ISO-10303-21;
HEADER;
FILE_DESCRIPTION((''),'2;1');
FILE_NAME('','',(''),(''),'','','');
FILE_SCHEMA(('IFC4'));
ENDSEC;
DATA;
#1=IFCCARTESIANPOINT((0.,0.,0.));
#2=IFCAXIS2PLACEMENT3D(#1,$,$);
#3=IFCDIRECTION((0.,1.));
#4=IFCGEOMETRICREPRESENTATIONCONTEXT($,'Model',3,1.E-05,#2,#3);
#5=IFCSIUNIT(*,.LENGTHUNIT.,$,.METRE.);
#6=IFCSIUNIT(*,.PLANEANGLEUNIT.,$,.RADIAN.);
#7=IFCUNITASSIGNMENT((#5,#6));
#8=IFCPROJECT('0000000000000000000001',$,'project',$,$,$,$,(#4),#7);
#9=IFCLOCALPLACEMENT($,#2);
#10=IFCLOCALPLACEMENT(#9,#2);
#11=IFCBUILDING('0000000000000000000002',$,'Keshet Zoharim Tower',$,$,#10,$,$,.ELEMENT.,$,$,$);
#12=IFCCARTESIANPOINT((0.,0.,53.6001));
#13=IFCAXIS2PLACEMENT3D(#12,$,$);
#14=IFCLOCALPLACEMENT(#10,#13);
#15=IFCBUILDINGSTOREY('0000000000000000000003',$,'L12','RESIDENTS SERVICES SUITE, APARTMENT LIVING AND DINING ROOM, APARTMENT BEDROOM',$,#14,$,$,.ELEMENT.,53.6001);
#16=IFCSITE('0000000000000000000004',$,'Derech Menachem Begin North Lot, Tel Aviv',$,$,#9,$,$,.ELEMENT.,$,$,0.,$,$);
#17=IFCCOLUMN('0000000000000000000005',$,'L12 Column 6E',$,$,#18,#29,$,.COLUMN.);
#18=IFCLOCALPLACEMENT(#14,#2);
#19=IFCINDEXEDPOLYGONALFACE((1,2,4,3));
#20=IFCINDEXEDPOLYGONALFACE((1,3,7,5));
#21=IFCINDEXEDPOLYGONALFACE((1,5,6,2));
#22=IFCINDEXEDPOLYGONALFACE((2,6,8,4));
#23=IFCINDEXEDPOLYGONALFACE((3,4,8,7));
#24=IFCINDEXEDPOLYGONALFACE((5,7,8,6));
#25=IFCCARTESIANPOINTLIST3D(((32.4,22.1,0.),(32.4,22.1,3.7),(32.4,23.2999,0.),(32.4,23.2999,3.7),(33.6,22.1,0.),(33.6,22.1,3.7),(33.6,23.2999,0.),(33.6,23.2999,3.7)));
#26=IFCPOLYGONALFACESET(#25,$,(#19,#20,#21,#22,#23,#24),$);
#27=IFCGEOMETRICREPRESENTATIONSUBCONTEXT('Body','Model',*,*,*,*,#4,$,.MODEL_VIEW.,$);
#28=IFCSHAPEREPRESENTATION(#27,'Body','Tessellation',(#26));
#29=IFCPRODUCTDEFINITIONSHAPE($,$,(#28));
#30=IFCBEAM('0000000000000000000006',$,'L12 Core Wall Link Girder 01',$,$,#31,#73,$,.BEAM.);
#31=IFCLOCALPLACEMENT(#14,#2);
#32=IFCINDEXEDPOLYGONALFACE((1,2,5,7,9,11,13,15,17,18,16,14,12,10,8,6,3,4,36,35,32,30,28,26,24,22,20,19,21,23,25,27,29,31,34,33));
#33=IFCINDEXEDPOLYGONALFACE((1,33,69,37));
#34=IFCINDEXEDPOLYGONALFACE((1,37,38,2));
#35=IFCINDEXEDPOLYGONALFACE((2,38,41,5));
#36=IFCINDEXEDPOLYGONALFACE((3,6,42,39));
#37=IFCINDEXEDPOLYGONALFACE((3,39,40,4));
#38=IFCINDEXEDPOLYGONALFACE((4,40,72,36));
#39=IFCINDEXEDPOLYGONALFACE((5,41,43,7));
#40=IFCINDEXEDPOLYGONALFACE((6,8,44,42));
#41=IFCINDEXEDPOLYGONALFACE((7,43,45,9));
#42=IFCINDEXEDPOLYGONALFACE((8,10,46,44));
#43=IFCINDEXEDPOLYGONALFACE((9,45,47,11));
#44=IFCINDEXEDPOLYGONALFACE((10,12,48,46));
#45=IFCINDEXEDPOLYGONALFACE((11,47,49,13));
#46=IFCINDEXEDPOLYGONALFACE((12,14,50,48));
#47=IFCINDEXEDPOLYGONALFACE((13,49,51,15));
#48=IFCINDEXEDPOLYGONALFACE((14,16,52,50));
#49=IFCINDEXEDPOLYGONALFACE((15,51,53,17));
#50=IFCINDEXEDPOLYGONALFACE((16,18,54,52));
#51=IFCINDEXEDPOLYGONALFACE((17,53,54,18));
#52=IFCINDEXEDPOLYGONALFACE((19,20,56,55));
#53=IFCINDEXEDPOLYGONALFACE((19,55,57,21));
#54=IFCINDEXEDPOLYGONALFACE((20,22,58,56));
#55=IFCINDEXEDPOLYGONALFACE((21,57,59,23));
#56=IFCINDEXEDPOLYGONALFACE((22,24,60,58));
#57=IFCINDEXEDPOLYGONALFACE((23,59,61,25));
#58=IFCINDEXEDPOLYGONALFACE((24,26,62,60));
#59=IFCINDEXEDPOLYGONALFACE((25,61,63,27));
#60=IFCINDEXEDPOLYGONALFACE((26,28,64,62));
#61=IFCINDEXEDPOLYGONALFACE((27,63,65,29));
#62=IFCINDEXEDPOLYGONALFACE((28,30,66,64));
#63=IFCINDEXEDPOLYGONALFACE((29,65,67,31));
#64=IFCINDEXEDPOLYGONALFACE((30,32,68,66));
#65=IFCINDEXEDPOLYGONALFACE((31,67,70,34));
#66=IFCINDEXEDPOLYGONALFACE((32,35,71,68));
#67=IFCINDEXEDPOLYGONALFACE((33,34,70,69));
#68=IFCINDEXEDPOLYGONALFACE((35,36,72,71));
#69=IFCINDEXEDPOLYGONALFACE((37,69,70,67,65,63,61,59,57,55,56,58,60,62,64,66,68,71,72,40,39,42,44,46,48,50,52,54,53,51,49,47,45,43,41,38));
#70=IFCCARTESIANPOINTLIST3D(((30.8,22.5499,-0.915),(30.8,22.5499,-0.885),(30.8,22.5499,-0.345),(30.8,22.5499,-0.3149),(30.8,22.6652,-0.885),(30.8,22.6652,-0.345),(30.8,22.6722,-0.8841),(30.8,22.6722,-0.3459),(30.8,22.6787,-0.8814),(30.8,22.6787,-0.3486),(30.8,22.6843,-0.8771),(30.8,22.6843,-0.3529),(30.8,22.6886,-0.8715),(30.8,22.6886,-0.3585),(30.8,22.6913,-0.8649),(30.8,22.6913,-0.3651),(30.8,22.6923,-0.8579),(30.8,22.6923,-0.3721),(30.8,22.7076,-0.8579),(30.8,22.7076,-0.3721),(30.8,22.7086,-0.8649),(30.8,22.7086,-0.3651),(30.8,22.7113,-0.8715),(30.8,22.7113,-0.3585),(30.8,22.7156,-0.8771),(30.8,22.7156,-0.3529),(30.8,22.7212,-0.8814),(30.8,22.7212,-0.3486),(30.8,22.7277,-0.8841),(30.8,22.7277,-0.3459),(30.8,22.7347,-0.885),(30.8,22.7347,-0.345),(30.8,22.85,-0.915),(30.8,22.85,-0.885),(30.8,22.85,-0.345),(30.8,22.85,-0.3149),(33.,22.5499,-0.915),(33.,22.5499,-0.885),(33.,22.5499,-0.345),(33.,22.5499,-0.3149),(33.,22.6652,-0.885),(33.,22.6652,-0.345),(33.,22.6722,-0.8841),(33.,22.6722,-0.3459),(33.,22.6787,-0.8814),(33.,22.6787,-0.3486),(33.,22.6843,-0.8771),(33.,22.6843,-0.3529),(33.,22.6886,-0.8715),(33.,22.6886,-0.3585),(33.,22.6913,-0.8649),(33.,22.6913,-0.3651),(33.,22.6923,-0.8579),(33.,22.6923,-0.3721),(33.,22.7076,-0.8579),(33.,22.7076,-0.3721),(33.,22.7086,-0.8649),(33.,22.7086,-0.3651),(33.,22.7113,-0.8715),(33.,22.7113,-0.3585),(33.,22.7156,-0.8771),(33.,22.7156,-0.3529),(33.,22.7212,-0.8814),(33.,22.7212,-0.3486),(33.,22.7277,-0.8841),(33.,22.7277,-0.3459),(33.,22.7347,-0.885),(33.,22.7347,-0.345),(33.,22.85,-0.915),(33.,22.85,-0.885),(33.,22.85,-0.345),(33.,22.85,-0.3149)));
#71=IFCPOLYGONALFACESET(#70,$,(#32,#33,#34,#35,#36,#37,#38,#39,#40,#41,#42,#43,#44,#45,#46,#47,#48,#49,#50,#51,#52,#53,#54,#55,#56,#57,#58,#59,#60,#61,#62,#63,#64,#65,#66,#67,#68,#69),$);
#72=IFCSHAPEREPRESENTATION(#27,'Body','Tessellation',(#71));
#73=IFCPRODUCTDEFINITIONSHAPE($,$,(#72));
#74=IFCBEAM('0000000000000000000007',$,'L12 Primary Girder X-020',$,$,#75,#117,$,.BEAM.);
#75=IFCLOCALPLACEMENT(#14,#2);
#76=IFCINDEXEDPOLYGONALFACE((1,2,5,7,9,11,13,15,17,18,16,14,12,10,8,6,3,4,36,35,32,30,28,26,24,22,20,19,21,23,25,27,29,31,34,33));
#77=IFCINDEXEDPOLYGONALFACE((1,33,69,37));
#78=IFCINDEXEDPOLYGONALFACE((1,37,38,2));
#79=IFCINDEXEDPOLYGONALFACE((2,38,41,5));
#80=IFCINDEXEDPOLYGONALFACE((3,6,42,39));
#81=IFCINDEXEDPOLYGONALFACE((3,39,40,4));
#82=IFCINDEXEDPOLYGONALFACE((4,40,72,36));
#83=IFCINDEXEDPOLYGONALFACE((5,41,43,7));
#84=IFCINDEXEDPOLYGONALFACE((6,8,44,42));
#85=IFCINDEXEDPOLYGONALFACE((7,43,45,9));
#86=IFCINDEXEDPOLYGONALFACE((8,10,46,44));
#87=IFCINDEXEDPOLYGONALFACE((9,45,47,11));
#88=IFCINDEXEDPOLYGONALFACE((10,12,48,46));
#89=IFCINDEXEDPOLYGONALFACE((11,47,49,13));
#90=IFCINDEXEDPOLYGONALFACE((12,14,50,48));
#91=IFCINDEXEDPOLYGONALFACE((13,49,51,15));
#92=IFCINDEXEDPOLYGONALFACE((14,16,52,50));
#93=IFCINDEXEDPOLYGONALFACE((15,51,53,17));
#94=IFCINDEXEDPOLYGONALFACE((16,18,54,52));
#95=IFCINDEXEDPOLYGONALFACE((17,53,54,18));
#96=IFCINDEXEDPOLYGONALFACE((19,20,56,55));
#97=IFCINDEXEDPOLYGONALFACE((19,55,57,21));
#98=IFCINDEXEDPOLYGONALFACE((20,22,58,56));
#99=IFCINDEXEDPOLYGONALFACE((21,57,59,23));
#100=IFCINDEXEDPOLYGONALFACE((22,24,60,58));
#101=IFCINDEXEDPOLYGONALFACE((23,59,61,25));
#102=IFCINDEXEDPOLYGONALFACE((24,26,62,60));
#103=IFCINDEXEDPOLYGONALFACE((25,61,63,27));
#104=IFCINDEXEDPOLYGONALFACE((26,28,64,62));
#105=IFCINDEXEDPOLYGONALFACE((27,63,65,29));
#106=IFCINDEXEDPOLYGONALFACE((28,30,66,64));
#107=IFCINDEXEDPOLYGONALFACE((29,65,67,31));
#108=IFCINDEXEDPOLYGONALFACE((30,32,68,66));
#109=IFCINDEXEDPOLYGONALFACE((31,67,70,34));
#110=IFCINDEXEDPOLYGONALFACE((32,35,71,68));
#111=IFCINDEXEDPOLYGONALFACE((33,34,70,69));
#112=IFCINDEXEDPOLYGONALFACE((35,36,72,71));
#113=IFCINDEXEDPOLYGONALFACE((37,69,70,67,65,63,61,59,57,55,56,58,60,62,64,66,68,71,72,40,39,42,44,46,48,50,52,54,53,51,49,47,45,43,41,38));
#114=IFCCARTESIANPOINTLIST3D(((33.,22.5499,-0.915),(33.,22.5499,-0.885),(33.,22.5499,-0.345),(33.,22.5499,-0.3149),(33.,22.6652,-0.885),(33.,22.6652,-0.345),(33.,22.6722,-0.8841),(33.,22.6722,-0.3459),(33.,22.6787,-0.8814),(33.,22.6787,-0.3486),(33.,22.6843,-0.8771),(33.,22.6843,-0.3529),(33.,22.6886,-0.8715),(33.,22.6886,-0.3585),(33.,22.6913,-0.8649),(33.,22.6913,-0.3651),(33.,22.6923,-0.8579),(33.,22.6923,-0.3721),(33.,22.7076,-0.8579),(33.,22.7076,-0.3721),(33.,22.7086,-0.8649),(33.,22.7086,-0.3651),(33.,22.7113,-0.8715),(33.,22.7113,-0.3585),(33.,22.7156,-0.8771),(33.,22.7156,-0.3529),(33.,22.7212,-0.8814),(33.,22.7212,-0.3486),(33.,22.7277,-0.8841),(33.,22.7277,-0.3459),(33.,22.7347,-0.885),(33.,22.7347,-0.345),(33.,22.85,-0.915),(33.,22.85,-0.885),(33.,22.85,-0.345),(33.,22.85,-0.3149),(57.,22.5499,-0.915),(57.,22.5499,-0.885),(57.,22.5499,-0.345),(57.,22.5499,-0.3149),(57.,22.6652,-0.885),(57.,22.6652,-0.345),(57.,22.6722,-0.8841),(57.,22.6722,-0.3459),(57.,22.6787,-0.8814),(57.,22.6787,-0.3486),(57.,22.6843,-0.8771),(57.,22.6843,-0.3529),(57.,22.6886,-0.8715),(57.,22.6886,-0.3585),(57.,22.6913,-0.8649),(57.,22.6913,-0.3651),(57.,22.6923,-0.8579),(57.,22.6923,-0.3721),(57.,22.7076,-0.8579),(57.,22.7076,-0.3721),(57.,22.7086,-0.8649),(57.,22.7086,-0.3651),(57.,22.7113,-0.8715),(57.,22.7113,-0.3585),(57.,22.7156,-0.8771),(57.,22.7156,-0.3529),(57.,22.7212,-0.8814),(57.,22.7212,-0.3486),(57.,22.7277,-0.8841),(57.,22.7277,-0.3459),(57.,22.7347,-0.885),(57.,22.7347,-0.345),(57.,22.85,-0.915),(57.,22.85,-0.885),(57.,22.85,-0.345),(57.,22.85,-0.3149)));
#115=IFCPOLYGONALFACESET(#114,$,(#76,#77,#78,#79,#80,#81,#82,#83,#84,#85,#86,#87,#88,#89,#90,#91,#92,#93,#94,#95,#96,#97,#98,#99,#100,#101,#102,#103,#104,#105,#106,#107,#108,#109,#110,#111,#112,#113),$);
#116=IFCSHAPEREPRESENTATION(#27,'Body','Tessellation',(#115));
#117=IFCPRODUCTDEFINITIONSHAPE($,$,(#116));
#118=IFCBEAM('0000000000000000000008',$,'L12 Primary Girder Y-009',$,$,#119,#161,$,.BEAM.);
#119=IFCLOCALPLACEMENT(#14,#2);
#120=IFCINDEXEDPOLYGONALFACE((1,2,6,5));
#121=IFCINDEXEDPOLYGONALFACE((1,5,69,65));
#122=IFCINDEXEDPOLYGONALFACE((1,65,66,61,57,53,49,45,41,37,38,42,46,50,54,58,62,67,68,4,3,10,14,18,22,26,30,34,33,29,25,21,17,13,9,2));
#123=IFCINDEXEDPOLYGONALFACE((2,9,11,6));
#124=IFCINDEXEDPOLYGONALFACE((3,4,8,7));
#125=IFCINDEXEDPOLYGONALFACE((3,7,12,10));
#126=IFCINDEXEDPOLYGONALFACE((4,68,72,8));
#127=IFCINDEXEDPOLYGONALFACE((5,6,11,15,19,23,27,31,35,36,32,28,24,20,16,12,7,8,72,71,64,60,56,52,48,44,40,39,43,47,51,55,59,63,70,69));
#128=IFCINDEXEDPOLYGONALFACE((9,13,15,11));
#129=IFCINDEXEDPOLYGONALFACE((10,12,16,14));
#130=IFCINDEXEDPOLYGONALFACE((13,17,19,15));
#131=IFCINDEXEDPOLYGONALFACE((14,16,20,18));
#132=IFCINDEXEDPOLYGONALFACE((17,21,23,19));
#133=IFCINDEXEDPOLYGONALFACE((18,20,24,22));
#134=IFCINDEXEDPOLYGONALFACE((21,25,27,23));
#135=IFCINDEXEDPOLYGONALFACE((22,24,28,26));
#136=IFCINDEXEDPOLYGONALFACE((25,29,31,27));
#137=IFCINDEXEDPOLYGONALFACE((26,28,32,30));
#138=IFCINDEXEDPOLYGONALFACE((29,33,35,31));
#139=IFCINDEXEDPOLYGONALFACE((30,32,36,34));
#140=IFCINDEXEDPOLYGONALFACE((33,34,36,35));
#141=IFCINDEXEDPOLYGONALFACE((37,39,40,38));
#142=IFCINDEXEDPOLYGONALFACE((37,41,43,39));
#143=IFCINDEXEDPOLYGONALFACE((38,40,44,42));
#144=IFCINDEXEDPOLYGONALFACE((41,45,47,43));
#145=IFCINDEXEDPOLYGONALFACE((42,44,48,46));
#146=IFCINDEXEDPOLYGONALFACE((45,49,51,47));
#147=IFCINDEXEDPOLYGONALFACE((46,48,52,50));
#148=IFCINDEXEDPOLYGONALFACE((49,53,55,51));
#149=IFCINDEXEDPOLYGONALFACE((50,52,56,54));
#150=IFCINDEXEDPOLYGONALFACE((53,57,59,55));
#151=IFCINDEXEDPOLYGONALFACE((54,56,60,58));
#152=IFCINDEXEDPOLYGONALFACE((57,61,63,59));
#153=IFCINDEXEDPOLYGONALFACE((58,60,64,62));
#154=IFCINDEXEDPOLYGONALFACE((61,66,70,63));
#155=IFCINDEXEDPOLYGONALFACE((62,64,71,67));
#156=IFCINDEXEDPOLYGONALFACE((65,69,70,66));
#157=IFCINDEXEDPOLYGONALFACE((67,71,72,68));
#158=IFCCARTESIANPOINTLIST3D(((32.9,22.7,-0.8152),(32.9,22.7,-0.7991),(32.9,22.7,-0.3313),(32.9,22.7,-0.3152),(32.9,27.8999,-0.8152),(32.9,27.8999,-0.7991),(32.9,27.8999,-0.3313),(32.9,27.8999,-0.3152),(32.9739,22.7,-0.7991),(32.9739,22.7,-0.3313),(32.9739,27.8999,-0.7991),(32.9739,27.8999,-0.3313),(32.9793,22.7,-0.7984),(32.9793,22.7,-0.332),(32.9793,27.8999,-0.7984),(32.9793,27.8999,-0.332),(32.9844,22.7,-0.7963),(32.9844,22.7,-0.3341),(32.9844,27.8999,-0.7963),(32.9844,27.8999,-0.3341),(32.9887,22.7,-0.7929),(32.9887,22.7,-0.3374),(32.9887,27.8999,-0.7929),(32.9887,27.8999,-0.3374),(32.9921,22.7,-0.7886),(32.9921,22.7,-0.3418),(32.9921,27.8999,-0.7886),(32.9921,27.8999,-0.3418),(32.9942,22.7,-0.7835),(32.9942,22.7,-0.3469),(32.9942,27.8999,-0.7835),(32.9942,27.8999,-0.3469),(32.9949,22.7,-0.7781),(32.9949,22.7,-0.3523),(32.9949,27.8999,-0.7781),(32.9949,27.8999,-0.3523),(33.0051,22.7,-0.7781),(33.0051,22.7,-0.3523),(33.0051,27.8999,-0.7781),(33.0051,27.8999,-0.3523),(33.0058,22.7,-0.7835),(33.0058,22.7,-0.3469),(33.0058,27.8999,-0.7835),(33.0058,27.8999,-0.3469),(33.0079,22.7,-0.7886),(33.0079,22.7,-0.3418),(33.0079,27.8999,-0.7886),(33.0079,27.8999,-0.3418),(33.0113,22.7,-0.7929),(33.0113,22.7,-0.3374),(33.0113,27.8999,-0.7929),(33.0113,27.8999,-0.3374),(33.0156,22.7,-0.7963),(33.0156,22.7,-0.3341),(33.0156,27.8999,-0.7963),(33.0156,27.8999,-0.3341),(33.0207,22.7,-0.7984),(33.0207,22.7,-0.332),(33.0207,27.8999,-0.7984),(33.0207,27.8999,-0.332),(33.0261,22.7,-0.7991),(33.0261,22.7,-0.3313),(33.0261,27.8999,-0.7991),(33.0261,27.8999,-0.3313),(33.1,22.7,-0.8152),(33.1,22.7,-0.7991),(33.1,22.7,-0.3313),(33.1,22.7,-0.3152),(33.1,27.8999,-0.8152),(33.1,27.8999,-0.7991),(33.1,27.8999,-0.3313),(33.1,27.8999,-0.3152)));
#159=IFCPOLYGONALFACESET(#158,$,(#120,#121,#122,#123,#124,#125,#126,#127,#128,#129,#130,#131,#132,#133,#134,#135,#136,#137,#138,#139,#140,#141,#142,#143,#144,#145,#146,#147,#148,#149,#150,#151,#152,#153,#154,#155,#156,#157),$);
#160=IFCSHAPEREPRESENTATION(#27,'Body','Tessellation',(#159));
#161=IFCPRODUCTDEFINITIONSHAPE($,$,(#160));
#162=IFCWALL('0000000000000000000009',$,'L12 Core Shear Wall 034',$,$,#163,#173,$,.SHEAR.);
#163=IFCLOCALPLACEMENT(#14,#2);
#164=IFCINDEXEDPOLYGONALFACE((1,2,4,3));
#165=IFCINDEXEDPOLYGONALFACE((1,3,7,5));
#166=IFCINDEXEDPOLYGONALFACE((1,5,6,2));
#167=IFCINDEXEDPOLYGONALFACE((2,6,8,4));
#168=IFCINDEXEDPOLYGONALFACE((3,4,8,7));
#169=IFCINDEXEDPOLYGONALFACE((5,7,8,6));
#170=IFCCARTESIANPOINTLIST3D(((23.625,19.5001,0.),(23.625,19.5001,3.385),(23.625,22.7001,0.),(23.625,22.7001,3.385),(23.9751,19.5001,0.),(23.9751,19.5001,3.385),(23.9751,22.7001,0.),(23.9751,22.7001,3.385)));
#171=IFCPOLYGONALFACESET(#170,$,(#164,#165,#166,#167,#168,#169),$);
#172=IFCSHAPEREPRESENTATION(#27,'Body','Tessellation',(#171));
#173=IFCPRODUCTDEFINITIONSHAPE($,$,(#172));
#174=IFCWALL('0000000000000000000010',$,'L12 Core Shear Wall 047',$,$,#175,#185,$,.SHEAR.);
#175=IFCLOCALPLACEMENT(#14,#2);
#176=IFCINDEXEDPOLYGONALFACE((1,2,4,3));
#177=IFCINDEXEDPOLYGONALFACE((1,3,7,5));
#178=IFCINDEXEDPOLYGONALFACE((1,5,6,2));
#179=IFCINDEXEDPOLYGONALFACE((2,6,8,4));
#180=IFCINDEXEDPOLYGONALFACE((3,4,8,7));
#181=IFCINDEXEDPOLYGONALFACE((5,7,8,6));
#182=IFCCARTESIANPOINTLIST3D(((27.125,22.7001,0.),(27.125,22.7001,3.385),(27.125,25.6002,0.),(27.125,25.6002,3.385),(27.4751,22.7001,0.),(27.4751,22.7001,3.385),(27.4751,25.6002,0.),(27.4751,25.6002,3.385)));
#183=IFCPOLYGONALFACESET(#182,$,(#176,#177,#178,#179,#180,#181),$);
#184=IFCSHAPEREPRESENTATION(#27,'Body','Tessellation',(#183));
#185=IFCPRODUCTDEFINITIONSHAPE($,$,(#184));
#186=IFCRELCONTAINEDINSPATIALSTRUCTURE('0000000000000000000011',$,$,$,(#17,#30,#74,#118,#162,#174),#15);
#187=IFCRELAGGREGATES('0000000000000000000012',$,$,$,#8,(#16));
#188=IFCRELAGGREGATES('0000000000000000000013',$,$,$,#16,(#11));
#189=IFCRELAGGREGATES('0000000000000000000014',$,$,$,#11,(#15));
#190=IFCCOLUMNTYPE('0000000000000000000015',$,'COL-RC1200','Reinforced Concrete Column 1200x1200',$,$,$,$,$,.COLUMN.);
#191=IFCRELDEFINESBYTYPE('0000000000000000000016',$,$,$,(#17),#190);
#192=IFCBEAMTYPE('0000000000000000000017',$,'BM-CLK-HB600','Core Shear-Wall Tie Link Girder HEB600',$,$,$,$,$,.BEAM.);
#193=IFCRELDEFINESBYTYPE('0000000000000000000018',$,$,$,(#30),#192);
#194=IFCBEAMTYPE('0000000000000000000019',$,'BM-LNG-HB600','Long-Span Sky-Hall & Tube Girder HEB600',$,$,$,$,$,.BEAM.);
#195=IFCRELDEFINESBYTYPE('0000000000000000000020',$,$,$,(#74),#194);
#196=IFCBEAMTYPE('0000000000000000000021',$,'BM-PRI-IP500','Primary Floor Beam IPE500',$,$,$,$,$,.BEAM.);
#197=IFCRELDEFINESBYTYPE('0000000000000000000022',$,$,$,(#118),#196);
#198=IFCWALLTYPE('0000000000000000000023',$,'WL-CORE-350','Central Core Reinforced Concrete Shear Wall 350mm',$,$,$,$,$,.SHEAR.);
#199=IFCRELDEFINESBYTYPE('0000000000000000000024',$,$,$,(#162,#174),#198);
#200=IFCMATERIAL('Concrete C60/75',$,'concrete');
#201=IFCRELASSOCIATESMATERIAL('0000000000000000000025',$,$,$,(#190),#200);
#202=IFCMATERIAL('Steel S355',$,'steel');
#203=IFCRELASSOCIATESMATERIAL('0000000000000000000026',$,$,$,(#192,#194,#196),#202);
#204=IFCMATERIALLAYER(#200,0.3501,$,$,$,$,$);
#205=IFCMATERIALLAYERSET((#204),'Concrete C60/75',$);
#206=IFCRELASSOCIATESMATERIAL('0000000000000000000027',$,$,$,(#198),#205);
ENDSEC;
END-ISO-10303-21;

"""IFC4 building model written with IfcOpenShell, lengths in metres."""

from ifc_helpers import new_model, si_unit, direction, frame, frame_2d, origin, origin_2d, place, context, subcontext, project, spatial, rectangle, i_section, extrude, material, layer, layer_set, material_profile, profile_set, type_object, element, save


model = new_model("IFC4")

# Units and contexts
model_context = context("Model", 3, precision=1e-05, world=origin(), true_north=direction((0.0, 1.0)))
body_context = subcontext(model_context, "Body", "Model", "MODEL_VIEW")
ifc_project = project(units=[si_unit("LENGTHUNIT", "METRE"), si_unit("PLANEANGLEUNIT", "RADIAN")], contexts=[model_context])

# Site, building, storey
site_placement = place(None, origin())
site = spatial("IfcSite", under=ifc_project, at=site_placement, Name="Derech Menachem Begin North Lot, Tel Aviv", CompositionType="ELEMENT", RefElevation=0.0)
building_placement = place(site_placement, origin())
building = spatial("IfcBuilding", under=site, at=building_placement, Name="Keshet Zoharim Tower", CompositionType="ELEMENT")
storey_placement = place(building_placement, frame((0.0, 0.0, 53.6001)))
storey = spatial("IfcBuildingStorey", under=building, at=storey_placement, Name="L12", Description="RESIDENTS SERVICES SUITE, APARTMENT LIVING AND DINING ROOM, APARTMENT BEDROOM", CompositionType="ELEMENT", Elevation=53.6001)

# Column
ifc_material_1 = material(Name="Concrete C60/75", Category="concrete")
ifc_material_profile_1 = material_profile(ifc_material_1, rectangle(XDim=1.2, YDim=1.2, at=origin_2d()), Name="RC1200x1200")
ifc_profile_set_1 = profile_set([ifc_material_profile_1], Name="Concrete C60/75")
column_type = type_object("IfcColumnType", Name="COL-RC1200", Description="Reinforced Concrete Column 1200x1200", PredefinedType="COLUMN", material=ifc_profile_set_1)
column_placement = place(storey_placement, frame((33.0, 22.7, 0.0), z_axis=(0.0, 0.0, 1.0), x_axis=(1.0, 0.0, 0.0)))
element("IfcColumn", 1, at=column_placement, inside=storey, type_object=column_type, Name="L12 Column 6E", PredefinedType="COLUMN", context=body_context, shape_type="SweptSolid", body=[
    extrude(rectangle(XDim=1.2, YDim=1.2, at=origin_2d()), origin(), (0.0, 0.0, 1.0), 3.7),
])

# Beams
ifc_material_2 = material(Name="Steel S355", Category="steel")
ifc_material_profile_2 = material_profile(ifc_material_2, i_section(OverallWidth=0.3, OverallDepth=0.6001, WebThickness=0.0154, FlangeThickness=0.03, FilletRadius=0.0271, at=origin_2d()), Name="HEB600")
ifc_profile_set_2 = profile_set([ifc_material_profile_2], Name="Steel S355")
beam_type_1 = type_object("IfcBeamType", Name="BM-CLK-HB600", Description="Core Shear-Wall Tie Link Girder HEB600", PredefinedType="BEAM", material=ifc_profile_set_2)
beam_1_placement = place(storey_placement, frame((30.8, 22.7, -0.615), z_axis=(1.0, 0.0, 0.0), x_axis=(0.0, 1.0, 0.0)))
element("IfcBeam", 2, at=beam_1_placement, inside=storey, type_object=beam_type_1, Name="L12 Core Wall Link Girder 01", PredefinedType="BEAM", context=body_context, shape_type="SweptSolid", body=[
    extrude(i_section(OverallWidth=0.3, OverallDepth=0.6001, WebThickness=0.0154, FlangeThickness=0.03, FilletRadius=0.0271, at=origin_2d()), origin(), (0.0, 0.0, 1.0), 2.2),
])
ifc_material_profile_3 = material_profile(ifc_material_2, i_section(OverallWidth=0.3, OverallDepth=0.6001, WebThickness=0.0154, FlangeThickness=0.03, FilletRadius=0.0271, at=origin_2d()), Name="HEB600")
ifc_profile_set_3 = profile_set([ifc_material_profile_3], Name="Steel S355")
beam_type_2 = type_object("IfcBeamType", Name="BM-LNG-HB600", Description="Long-Span Sky-Hall & Tube Girder HEB600", PredefinedType="BEAM", material=ifc_profile_set_3)
beam_2_placement = place(storey_placement, frame((33.0, 22.7, -0.615), z_axis=(1.0, 0.0, 0.0), x_axis=(0.0, 1.0, 0.0)))
element("IfcBeam", 3, at=beam_2_placement, inside=storey, type_object=beam_type_2, Name="L12 Primary Girder X-020", PredefinedType="BEAM", context=body_context, shape_type="SweptSolid", body=[
    extrude(i_section(OverallWidth=0.3, OverallDepth=0.6001, WebThickness=0.0154, FlangeThickness=0.03, FilletRadius=0.0271, at=origin_2d()), origin(), (0.0, 0.0, 1.0), 24.0),
])
ifc_material_profile_4 = material_profile(ifc_material_2, i_section(OverallWidth=0.2, OverallDepth=0.5, WebThickness=0.0103, FlangeThickness=0.0161, FilletRadius=0.021, at=origin_2d()), Name="IPE500")
ifc_profile_set_4 = profile_set([ifc_material_profile_4], Name="Steel S355")
beam_type_3 = type_object("IfcBeamType", Name="BM-PRI-IP500", Description="Primary Floor Beam IPE500", PredefinedType="BEAM", material=ifc_profile_set_4)
beam_3_placement = place(storey_placement, frame((33.0, 22.7, -0.5652), z_axis=(0.0, 1.0, 0.0), x_axis=(-1.0, 0.0, 0.0)))
element("IfcBeam", 4, at=beam_3_placement, inside=storey, type_object=beam_type_3, Name="L12 Primary Girder Y-009", PredefinedType="BEAM", context=body_context, shape_type="SweptSolid", body=[
    extrude(i_section(OverallWidth=0.2, OverallDepth=0.5, WebThickness=0.0103, FlangeThickness=0.0161, FilletRadius=0.021, at=origin_2d()), origin(), (0.0, 0.0, 1.0), 5.2),
])

# Wall
ifc_layer_1 = layer(ifc_material_1, 0.3501)
ifc_layer_set_1 = layer_set([ifc_layer_1], Name="Concrete C60/75")
wall_type_1 = type_object("IfcWallType", Name="WL-CORE-350", Description="Central Core Reinforced Concrete Shear Wall 350mm", PredefinedType="SHEAR", material=ifc_layer_set_1)
wall_1_placement = place(storey_placement, frame((23.8, 19.5, 0.0), z_axis=(0.0, 0.0, 1.0), x_axis=(0.0, 1.0, 0.0)))
element("IfcWall", 5, at=wall_1_placement, inside=storey, type_object=wall_type_1, Name="L12 Core Shear Wall 034", PredefinedType="SHEAR", context=body_context, shape_type="SweptSolid", body=[
    extrude(rectangle(XDim=3.2, YDim=0.3501, at=frame_2d((1.6001, 0.0))), origin(), (0.0, 0.0, 1.0), 3.385),
])

# Wall
wall_2_placement = place(storey_placement, frame((27.3, 22.7, 0.0), z_axis=(0.0, 0.0, 1.0), x_axis=(0.0, 1.0, 0.0)))
element("IfcWall", 6, at=wall_2_placement, inside=storey, type_object=wall_type_1, Name="L12 Core Shear Wall 047", PredefinedType="SHEAR", context=body_context, shape_type="SweptSolid", body=[
    extrude(rectangle(XDim=2.9001, YDim=0.3501, at=frame_2d((1.4502, 0.0))), origin(), (0.0, 0.0, 1.0), 3.385),
])

save(model, "model.ifc")
